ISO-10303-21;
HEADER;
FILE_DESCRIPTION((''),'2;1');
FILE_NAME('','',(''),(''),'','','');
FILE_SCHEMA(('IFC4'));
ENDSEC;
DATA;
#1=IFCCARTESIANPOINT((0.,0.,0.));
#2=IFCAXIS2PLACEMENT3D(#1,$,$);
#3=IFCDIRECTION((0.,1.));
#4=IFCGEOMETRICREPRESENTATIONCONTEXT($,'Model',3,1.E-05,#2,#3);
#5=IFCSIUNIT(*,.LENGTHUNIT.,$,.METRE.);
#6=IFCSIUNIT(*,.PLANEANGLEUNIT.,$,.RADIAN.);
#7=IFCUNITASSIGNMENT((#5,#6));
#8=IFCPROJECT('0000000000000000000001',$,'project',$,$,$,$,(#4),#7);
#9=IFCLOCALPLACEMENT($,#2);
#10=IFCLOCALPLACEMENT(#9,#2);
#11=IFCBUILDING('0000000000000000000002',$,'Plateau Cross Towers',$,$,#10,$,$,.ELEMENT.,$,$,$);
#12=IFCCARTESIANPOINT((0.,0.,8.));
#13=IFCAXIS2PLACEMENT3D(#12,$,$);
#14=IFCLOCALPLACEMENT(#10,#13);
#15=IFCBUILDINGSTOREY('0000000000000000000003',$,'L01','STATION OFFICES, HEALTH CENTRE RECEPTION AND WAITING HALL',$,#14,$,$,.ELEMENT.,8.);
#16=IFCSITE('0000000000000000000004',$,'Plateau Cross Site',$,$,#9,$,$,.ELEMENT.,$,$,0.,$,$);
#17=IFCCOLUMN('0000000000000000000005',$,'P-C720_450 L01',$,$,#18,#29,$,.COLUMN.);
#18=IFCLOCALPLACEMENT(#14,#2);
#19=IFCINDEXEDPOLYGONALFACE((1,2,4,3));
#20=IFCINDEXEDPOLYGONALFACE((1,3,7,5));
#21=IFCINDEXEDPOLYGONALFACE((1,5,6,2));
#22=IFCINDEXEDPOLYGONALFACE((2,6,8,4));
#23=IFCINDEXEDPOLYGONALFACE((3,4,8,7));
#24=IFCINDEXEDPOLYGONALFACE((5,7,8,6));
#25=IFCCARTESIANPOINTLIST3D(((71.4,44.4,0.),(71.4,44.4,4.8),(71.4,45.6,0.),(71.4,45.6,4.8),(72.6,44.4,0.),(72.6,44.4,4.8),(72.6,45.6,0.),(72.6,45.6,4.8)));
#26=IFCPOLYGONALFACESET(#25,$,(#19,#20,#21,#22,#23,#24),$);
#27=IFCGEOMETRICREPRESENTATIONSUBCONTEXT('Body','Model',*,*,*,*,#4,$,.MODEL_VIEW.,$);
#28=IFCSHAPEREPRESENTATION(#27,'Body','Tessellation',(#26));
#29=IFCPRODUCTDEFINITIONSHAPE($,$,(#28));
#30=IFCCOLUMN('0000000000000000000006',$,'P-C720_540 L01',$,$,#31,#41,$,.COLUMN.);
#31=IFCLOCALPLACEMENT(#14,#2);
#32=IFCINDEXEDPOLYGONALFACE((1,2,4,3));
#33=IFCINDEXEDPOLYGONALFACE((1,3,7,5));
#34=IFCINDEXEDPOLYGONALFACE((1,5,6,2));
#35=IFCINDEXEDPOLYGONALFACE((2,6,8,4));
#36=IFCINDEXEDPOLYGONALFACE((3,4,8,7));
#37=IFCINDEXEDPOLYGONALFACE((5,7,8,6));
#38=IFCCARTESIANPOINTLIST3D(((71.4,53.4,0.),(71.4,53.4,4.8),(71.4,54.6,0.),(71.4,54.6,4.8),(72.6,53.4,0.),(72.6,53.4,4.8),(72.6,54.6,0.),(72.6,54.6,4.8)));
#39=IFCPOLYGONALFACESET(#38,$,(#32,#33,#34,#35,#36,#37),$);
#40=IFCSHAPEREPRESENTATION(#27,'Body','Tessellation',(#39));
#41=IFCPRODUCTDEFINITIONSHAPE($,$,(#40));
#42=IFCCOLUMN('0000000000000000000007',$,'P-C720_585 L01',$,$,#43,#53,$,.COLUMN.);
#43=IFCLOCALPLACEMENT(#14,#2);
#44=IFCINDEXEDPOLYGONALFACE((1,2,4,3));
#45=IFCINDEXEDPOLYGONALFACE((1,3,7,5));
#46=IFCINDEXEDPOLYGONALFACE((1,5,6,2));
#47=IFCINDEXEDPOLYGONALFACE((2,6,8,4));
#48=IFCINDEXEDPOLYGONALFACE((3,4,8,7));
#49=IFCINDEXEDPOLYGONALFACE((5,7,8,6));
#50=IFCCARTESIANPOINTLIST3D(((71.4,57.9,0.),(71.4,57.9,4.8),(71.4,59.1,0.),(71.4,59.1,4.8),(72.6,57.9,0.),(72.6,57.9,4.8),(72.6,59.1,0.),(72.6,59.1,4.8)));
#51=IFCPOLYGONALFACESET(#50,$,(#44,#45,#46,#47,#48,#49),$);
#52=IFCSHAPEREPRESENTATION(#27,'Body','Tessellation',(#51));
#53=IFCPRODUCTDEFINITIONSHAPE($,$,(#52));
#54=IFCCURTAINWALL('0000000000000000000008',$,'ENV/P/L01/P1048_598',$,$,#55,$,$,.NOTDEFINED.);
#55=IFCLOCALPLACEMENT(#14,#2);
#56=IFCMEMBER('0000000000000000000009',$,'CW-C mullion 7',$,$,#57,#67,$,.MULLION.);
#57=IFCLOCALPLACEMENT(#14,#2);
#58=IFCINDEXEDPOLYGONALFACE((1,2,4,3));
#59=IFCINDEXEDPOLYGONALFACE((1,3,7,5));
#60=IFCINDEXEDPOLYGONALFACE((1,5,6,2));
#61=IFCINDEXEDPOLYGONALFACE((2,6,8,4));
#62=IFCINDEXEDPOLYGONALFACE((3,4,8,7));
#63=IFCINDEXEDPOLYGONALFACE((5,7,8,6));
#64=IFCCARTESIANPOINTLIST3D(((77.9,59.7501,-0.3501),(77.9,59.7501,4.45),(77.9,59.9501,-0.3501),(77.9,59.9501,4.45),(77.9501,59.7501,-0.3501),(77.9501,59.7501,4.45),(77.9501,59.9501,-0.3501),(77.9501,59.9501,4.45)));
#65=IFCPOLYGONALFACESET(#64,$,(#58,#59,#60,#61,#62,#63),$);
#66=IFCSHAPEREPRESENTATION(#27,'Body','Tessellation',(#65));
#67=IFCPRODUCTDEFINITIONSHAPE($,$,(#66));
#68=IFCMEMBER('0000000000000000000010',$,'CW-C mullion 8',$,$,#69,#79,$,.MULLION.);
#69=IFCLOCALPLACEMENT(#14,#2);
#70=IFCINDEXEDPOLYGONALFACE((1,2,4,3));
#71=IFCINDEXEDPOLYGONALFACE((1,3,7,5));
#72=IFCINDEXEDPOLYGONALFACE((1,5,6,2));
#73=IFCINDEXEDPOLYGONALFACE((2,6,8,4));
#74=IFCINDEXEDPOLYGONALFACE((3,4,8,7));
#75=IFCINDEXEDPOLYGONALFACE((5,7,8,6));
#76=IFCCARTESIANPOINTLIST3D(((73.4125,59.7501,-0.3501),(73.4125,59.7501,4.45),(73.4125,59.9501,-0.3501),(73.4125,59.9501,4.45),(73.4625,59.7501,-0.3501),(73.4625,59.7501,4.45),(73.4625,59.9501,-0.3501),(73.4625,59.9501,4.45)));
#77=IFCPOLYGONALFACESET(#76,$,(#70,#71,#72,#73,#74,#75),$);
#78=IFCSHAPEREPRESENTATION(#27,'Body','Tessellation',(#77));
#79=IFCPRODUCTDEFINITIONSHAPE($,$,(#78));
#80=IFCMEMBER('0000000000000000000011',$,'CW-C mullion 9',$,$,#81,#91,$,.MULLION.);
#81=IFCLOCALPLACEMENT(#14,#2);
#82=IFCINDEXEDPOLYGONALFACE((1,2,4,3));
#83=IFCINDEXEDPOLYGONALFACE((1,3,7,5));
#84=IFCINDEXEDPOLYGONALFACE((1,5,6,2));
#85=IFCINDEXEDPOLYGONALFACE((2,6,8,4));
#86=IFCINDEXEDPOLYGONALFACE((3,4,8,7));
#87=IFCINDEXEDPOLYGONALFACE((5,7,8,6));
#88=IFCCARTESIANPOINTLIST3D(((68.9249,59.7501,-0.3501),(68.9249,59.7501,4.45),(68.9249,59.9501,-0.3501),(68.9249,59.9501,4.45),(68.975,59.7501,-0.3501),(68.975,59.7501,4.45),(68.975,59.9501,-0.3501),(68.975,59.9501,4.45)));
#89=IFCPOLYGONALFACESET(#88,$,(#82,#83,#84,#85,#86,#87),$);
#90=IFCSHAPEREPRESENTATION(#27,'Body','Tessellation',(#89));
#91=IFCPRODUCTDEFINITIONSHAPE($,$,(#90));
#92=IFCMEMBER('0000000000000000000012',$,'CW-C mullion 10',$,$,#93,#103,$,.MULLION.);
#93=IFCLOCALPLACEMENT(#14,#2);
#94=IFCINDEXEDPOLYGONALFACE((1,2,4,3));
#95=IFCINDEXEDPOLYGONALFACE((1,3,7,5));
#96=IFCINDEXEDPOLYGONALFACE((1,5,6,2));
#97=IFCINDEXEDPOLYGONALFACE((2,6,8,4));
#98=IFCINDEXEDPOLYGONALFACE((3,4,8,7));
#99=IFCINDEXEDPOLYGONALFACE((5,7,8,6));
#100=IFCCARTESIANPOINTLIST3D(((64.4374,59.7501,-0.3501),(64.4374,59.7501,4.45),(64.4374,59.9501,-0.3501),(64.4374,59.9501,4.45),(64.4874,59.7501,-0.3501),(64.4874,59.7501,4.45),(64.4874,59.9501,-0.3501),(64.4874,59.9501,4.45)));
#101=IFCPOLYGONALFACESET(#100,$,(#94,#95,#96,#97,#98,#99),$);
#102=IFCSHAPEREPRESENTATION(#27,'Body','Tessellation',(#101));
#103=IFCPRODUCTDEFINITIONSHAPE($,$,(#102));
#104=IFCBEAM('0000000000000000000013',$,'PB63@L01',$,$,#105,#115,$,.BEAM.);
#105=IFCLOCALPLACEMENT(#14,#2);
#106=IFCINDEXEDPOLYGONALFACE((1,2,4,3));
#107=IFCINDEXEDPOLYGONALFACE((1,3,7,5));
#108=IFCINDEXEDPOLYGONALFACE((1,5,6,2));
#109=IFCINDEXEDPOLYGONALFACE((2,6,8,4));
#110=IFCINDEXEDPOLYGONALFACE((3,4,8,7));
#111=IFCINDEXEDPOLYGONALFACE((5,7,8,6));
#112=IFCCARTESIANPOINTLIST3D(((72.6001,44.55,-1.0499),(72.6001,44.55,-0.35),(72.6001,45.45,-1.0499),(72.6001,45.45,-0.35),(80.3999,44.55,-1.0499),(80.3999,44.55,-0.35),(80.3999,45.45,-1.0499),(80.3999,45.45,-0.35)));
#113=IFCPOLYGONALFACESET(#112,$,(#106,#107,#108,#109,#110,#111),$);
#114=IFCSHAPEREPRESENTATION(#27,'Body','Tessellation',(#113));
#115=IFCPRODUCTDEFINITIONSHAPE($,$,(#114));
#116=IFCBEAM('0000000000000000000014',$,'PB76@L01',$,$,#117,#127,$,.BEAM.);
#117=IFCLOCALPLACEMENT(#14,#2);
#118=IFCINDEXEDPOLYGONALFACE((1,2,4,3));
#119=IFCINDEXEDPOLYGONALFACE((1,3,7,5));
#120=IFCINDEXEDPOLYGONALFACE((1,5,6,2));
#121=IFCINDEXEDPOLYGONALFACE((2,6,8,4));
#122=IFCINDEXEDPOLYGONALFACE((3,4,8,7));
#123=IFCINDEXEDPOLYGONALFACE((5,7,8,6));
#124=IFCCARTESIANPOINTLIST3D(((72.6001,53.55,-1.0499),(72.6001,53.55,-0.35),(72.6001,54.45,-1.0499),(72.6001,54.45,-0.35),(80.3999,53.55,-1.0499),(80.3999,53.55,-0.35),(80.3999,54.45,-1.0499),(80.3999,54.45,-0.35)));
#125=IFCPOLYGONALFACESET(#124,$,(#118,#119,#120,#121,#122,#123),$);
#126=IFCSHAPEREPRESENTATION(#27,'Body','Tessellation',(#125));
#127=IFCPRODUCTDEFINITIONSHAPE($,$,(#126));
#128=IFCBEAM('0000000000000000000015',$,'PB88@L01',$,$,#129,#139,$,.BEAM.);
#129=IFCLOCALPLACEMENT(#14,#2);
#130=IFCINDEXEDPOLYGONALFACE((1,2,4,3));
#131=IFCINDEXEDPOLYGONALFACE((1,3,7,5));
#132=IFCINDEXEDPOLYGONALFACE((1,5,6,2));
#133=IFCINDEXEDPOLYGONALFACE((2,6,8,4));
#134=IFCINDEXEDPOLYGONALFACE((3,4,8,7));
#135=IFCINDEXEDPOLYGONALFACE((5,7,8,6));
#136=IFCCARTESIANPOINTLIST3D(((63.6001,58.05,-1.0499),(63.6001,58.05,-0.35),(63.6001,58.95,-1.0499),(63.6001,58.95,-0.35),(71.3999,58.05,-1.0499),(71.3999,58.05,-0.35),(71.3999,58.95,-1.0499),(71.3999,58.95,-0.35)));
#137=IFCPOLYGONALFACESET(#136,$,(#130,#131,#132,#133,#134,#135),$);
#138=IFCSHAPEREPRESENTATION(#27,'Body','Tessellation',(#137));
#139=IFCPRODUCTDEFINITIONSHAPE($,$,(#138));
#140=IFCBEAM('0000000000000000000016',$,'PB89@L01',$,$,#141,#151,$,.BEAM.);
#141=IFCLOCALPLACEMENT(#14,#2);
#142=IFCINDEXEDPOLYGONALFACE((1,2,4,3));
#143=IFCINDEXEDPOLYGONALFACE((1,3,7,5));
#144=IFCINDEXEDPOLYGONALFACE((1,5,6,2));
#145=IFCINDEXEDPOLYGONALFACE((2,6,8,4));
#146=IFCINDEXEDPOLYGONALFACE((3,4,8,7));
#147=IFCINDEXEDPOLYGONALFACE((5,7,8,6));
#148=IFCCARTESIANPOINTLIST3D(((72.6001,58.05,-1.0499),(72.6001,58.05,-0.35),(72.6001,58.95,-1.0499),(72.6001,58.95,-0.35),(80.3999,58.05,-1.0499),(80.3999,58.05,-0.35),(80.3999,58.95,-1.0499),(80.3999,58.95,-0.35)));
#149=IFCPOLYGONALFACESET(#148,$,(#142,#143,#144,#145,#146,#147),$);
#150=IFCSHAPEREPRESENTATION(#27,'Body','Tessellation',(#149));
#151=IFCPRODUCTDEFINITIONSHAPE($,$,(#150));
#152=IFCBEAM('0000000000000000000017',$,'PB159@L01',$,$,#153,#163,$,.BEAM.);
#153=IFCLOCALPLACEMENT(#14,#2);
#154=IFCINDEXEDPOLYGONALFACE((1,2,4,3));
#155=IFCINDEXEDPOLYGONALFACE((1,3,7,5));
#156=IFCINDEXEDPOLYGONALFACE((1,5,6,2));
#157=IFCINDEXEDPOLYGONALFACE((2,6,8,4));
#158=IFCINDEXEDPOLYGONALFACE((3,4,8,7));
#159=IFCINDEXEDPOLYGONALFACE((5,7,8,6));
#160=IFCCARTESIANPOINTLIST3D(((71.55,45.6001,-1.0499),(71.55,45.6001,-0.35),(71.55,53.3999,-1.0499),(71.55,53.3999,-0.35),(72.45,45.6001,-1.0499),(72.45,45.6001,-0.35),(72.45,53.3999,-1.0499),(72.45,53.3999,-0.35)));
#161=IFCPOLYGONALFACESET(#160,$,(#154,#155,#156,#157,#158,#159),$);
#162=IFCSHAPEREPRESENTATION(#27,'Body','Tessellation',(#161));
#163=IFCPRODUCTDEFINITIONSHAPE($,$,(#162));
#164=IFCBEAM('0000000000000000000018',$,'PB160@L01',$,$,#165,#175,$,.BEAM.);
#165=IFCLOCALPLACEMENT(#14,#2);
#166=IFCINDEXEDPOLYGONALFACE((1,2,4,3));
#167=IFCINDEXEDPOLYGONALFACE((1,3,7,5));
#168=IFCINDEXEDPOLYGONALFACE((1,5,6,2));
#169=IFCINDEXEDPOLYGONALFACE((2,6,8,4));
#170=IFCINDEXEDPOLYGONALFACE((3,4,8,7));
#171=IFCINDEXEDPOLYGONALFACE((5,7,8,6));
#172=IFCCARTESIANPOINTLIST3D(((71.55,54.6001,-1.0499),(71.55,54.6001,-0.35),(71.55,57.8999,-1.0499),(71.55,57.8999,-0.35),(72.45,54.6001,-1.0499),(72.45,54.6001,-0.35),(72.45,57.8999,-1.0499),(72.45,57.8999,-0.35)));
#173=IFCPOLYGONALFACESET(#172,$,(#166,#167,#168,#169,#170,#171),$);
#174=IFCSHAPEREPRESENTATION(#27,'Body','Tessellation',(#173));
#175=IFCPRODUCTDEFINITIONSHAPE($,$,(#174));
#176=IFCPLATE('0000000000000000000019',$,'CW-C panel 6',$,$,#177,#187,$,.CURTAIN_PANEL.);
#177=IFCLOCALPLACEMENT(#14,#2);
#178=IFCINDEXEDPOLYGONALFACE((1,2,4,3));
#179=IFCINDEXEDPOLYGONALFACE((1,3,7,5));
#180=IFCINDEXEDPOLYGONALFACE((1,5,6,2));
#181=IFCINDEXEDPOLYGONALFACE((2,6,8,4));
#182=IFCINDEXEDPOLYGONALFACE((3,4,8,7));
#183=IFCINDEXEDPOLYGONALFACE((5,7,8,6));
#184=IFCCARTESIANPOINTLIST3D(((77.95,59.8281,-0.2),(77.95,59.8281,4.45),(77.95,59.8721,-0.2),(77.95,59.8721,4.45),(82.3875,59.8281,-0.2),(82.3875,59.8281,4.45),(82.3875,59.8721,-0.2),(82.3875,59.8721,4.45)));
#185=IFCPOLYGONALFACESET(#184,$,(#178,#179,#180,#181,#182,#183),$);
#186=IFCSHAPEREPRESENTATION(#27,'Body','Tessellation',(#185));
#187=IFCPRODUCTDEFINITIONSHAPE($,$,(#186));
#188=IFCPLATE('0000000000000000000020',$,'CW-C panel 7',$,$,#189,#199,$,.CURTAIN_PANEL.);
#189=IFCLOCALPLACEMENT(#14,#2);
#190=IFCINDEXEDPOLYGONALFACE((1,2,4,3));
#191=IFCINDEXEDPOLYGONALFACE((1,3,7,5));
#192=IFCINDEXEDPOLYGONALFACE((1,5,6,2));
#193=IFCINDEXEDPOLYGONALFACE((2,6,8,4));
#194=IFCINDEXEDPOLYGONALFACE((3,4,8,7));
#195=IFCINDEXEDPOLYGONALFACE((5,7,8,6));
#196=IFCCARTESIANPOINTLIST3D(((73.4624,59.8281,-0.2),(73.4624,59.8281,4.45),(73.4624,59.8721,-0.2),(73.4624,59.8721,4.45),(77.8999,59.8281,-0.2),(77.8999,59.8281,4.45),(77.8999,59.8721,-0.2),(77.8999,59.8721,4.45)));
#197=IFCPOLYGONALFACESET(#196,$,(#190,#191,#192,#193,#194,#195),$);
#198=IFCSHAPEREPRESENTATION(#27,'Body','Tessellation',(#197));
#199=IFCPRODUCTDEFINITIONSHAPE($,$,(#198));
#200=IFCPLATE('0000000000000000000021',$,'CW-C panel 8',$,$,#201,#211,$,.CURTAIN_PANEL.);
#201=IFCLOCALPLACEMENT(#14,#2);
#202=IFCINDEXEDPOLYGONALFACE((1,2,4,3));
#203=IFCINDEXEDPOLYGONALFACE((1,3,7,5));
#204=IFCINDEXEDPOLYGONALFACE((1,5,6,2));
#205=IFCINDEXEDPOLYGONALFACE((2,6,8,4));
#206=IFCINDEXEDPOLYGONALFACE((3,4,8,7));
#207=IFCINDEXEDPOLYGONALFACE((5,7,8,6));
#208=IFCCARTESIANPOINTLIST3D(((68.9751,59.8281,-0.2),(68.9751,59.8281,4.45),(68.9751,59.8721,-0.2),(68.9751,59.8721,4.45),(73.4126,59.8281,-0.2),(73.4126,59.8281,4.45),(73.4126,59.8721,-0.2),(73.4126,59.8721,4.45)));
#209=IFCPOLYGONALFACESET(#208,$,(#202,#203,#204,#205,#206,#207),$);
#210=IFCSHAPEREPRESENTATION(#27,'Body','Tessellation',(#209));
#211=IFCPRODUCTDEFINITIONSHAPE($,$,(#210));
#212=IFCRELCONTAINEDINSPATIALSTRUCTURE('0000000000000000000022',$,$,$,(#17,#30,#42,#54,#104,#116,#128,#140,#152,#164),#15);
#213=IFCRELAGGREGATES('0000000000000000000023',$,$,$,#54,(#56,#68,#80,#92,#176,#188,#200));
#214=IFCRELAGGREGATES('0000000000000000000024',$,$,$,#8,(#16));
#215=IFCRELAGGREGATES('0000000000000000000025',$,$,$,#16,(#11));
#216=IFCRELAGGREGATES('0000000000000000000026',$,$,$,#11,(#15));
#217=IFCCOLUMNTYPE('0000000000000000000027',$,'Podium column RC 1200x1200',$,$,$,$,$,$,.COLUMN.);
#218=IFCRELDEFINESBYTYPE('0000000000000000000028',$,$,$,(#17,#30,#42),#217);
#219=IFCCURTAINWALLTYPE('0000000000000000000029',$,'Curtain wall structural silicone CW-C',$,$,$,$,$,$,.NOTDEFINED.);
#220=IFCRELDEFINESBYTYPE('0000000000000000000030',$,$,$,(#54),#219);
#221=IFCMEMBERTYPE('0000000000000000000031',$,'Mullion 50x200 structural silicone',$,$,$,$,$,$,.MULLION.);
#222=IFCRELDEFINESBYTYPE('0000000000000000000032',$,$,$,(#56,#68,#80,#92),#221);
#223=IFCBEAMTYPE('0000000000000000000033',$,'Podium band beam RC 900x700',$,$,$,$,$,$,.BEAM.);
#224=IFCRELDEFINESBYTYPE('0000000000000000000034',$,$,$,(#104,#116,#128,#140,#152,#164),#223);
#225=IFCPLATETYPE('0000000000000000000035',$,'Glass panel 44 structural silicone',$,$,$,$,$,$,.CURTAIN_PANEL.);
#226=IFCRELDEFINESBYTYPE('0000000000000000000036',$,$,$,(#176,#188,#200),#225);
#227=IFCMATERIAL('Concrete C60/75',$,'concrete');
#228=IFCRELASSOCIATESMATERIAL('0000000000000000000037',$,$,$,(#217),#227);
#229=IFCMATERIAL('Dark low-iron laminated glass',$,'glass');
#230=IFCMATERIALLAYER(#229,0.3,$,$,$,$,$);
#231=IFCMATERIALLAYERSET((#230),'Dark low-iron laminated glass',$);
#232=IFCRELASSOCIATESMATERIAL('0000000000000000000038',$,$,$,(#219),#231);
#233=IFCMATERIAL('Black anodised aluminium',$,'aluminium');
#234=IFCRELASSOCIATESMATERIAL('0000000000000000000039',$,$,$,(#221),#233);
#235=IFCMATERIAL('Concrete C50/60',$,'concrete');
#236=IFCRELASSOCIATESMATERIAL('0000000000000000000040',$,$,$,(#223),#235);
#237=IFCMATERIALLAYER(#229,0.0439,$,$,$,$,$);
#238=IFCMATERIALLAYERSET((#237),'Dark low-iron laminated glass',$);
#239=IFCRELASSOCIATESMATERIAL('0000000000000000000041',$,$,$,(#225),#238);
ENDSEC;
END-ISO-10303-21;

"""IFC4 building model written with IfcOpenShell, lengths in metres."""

from ifc_helpers import new_model, si_unit, direction, frame, origin, origin_2d, place, context, subcontext, project, spatial, rectangle, extrude, material, layer, layer_set, material_profile, profile_set, type_object, element, aggregate, save


model = new_model("IFC4")

# Units and contexts
model_context = context("Model", 3, precision=1e-05, world=origin(), true_north=direction((0.0, 1.0)))
body_context = subcontext(model_context, "Body", "Model", "MODEL_VIEW")
ifc_project = project(units=[si_unit("LENGTHUNIT", "METRE"), si_unit("PLANEANGLEUNIT", "RADIAN")], contexts=[model_context])

# Site, building, storey
site_placement = place(None, origin())
site = spatial("IfcSite", under=ifc_project, at=site_placement, Name="Plateau Cross Site", CompositionType="ELEMENT", RefElevation=0.0)
building_placement = place(site_placement, origin())
building = spatial("IfcBuilding", under=site, at=building_placement, Name="Plateau Cross Towers", CompositionType="ELEMENT")
storey_placement = place(building_placement, frame((0.0, 0.0, 8.0)))
storey = spatial("IfcBuildingStorey", under=building, at=storey_placement, Name="L01", Description="STATION OFFICES, HEALTH CENTRE RECEPTION AND WAITING HALL", CompositionType="ELEMENT", Elevation=8.0)

# Columns
ifc_material_1 = material(Name="Concrete C60/75", Category="concrete")
ifc_material_profile_1 = material_profile(ifc_material_1, rectangle(XDim=1.2, YDim=1.2, at=origin_2d()), Name="RC 1200x1200")
ifc_profile_set_1 = profile_set([ifc_material_profile_1], Name="Concrete C60/75")
column_type = type_object("IfcColumnType", Name="Podium column RC 1200x1200", PredefinedType="COLUMN", material=ifc_profile_set_1)
for number, where, z_axis, x_axis, name in (
    (1, (72.0, 45.0, 0.0), (0.0, 0.0, 1.0), (1.0, 0.0, 0.0), "P-C720_450 L01"),
    (2, (72.0, 54.0, 0.0), (0.0, 0.0, 1.0), (1.0, 0.0, 0.0), "P-C720_540 L01"),
    (3, (72.0, 58.5, 0.0), (0.0, 0.0, 1.0), (1.0, 0.0, 0.0), "P-C720_585 L01"),
):
    element("IfcColumn", number, at=place(storey_placement, frame(where, z_axis=z_axis, x_axis=x_axis)), inside=storey, type_object=column_type, Name=name, PredefinedType="COLUMN", context=body_context, shape_type="SweptSolid", body=[
        extrude(rectangle(XDim=1.2, YDim=1.2, at=origin_2d()), origin(), (0.0, 0.0, 1.0), 4.8),
    ])

# Curtain wall, members
ifc_material_2 = material(Name="Dark low-iron laminated glass", Category="glass")
ifc_layer_1 = layer(ifc_material_2, 0.3)
ifc_layer_set_1 = layer_set([ifc_layer_1], Name="Dark low-iron laminated glass")
curtain_wall_type = type_object("IfcCurtainWallType", Name="Curtain wall structural silicone CW-C", PredefinedType="NOTDEFINED", material=ifc_layer_set_1)
curtain_wall_placement = place(storey_placement, origin())
curtain_wall = element("IfcCurtainWall", 4, at=curtain_wall_placement, inside=storey, type_object=curtain_wall_type, Name="ENV/P/L01/P1048_598", PredefinedType="NOTDEFINED")
ifc_material_3 = material(Name="Black anodised aluminium", Category="aluminium")
ifc_material_profile_2 = material_profile(ifc_material_3, rectangle(XDim=0.05, YDim=0.2, at=origin_2d()), Name="MULLION 50x200")
ifc_profile_set_2 = profile_set([ifc_material_profile_2], Name="Black anodised aluminium")
member_type = type_object("IfcMemberType", Name="Mullion 50x200 structural silicone", PredefinedType="MULLION", material=ifc_profile_set_2)
member_1_placement = place(storey_placement, frame((77.925, 59.8501, -0.3501), z_axis=(0.0, 0.0, 1.0), x_axis=(-1.0, 0.0, 0.0)))
member_1 = element("IfcMember", 5, at=member_1_placement, type_object=member_type, Name="CW-C mullion 7", PredefinedType="MULLION", context=body_context, shape_type="SweptSolid", body=[
    extrude(rectangle(XDim=0.05, YDim=0.2, at=origin_2d()), origin(), (0.0, 0.0, 1.0), 4.8),
])
member_2_placement = place(storey_placement, frame((73.4375, 59.8501, -0.3501), z_axis=(0.0, 0.0, 1.0), x_axis=(-1.0, 0.0, 0.0)))
member_2 = element("IfcMember", 6, at=member_2_placement, type_object=member_type, Name="CW-C mullion 8", PredefinedType="MULLION", context=body_context, shape_type="SweptSolid", body=[
    extrude(rectangle(XDim=0.05, YDim=0.2, at=origin_2d()), origin(), (0.0, 0.0, 1.0), 4.8),
])
member_3_placement = place(storey_placement, frame((68.95, 59.8501, -0.3501), z_axis=(0.0, 0.0, 1.0), x_axis=(-1.0, 0.0, 0.0)))
member_3 = element("IfcMember", 7, at=member_3_placement, type_object=member_type, Name="CW-C mullion 9", PredefinedType="MULLION", context=body_context, shape_type="SweptSolid", body=[
    extrude(rectangle(XDim=0.05, YDim=0.2, at=origin_2d()), origin(), (0.0, 0.0, 1.0), 4.8),
])
member_4_placement = place(storey_placement, frame((64.4624, 59.8501, -0.3501), z_axis=(0.0, 0.0, 1.0), x_axis=(-1.0, 0.0, 0.0)))
member_4 = element("IfcMember", 8, at=member_4_placement, type_object=member_type, Name="CW-C mullion 10", PredefinedType="MULLION", context=body_context, shape_type="SweptSolid", body=[
    extrude(rectangle(XDim=0.05, YDim=0.2, at=origin_2d()), origin(), (0.0, 0.0, 1.0), 4.8),
])

# Beams
ifc_material_4 = material(Name="Concrete C50/60", Category="concrete")
ifc_material_profile_3 = material_profile(ifc_material_4, rectangle(XDim=0.8999, YDim=0.7, at=origin_2d()), Name="RC 900x700")
ifc_profile_set_3 = profile_set([ifc_material_profile_3], Name="Concrete C50/60")
beam_type = type_object("IfcBeamType", Name="Podium band beam RC 900x700", PredefinedType="BEAM", material=ifc_profile_set_3)
for number, where, z_axis, x_axis, name in (
    (9, (72.6001, 45.0, -0.7), (1.0, 0.0, 0.0), (0.0, 1.0, 0.0), "PB63@L01"),
    (10, (72.6001, 54.0, -0.7), (1.0, 0.0, 0.0), (0.0, 1.0, 0.0), "PB76@L01"),
    (11, (63.6001, 58.5, -0.7), (1.0, 0.0, 0.0), (0.0, 1.0, 0.0), "PB88@L01"),
    (12, (72.6001, 58.5, -0.7), (1.0, 0.0, 0.0), (0.0, 1.0, 0.0), "PB89@L01"),
    (13, (72.0, 45.6001, -0.7), (0.0, 1.0, 0.0), (-1.0, 0.0, 0.0), "PB159@L01"),
):
    element("IfcBeam", number, at=place(storey_placement, frame(where, z_axis=z_axis, x_axis=x_axis)), inside=storey, type_object=beam_type, Name=name, PredefinedType="BEAM", context=body_context, shape_type="SweptSolid", body=[
        extrude(rectangle(XDim=0.8999, YDim=0.7, at=origin_2d()), origin(), (0.0, 0.0, 1.0), 7.7998),
    ])
beam_placement = place(storey_placement, frame((72.0, 54.6001, -0.7), z_axis=(0.0, 1.0, 0.0), x_axis=(-1.0, 0.0, 0.0)))
element("IfcBeam", 14, at=beam_placement, inside=storey, type_object=beam_type, Name="PB160@L01", PredefinedType="BEAM", context=body_context, shape_type="SweptSolid", body=[
    extrude(rectangle(XDim=0.8999, YDim=0.7, at=origin_2d()), origin(), (0.0, 0.0, 1.0), 3.2998),
])

# Plates
ifc_layer_2 = layer(ifc_material_2, 0.0439)
ifc_layer_set_2 = layer_set([ifc_layer_2], Name="Dark low-iron laminated glass")
plate_type = type_object("IfcPlateType", Name="Glass panel 44 structural silicone", PredefinedType="CURTAIN_PANEL", material=ifc_layer_set_2)
plate_1_placement = place(storey_placement, frame((80.1687, 59.8501, -0.2), z_axis=(0.0, 0.0, 1.0), x_axis=(-1.0, 0.0, 0.0)))
plate_1 = element("IfcPlate", 15, at=plate_1_placement, type_object=plate_type, Name="CW-C panel 6", PredefinedType="CURTAIN_PANEL", context=body_context, shape_type="SweptSolid", body=[
    extrude(rectangle(XDim=4.4375, YDim=0.0439, at=origin_2d()), origin(), (0.0, 0.0, 1.0), 4.6499),
])
plate_2_placement = place(storey_placement, frame((75.6812, 59.8501, -0.2), z_axis=(0.0, 0.0, 1.0), x_axis=(-1.0, 0.0, 0.0)))
plate_2 = element("IfcPlate", 16, at=plate_2_placement, type_object=plate_type, Name="CW-C panel 7", PredefinedType="CURTAIN_PANEL", context=body_context, shape_type="SweptSolid", body=[
    extrude(rectangle(XDim=4.4375, YDim=0.0439, at=origin_2d()), origin(), (0.0, 0.0, 1.0), 4.6499),
])
plate_3_placement = place(storey_placement, frame((71.1938, 59.8501, -0.2), z_axis=(0.0, 0.0, 1.0), x_axis=(-1.0, 0.0, 0.0)))
plate_3 = element("IfcPlate", 17, at=plate_3_placement, type_object=plate_type, Name="CW-C panel 8", PredefinedType="CURTAIN_PANEL", context=body_context, shape_type="SweptSolid", body=[
    extrude(rectangle(XDim=4.4375, YDim=0.0439, at=origin_2d()), origin(), (0.0, 0.0, 1.0), 4.6499),
])
aggregate(curtain_wall, [member_1, member_2, member_3, member_4, plate_1, plate_2, plate_3])

save(model, "model.ifc")
